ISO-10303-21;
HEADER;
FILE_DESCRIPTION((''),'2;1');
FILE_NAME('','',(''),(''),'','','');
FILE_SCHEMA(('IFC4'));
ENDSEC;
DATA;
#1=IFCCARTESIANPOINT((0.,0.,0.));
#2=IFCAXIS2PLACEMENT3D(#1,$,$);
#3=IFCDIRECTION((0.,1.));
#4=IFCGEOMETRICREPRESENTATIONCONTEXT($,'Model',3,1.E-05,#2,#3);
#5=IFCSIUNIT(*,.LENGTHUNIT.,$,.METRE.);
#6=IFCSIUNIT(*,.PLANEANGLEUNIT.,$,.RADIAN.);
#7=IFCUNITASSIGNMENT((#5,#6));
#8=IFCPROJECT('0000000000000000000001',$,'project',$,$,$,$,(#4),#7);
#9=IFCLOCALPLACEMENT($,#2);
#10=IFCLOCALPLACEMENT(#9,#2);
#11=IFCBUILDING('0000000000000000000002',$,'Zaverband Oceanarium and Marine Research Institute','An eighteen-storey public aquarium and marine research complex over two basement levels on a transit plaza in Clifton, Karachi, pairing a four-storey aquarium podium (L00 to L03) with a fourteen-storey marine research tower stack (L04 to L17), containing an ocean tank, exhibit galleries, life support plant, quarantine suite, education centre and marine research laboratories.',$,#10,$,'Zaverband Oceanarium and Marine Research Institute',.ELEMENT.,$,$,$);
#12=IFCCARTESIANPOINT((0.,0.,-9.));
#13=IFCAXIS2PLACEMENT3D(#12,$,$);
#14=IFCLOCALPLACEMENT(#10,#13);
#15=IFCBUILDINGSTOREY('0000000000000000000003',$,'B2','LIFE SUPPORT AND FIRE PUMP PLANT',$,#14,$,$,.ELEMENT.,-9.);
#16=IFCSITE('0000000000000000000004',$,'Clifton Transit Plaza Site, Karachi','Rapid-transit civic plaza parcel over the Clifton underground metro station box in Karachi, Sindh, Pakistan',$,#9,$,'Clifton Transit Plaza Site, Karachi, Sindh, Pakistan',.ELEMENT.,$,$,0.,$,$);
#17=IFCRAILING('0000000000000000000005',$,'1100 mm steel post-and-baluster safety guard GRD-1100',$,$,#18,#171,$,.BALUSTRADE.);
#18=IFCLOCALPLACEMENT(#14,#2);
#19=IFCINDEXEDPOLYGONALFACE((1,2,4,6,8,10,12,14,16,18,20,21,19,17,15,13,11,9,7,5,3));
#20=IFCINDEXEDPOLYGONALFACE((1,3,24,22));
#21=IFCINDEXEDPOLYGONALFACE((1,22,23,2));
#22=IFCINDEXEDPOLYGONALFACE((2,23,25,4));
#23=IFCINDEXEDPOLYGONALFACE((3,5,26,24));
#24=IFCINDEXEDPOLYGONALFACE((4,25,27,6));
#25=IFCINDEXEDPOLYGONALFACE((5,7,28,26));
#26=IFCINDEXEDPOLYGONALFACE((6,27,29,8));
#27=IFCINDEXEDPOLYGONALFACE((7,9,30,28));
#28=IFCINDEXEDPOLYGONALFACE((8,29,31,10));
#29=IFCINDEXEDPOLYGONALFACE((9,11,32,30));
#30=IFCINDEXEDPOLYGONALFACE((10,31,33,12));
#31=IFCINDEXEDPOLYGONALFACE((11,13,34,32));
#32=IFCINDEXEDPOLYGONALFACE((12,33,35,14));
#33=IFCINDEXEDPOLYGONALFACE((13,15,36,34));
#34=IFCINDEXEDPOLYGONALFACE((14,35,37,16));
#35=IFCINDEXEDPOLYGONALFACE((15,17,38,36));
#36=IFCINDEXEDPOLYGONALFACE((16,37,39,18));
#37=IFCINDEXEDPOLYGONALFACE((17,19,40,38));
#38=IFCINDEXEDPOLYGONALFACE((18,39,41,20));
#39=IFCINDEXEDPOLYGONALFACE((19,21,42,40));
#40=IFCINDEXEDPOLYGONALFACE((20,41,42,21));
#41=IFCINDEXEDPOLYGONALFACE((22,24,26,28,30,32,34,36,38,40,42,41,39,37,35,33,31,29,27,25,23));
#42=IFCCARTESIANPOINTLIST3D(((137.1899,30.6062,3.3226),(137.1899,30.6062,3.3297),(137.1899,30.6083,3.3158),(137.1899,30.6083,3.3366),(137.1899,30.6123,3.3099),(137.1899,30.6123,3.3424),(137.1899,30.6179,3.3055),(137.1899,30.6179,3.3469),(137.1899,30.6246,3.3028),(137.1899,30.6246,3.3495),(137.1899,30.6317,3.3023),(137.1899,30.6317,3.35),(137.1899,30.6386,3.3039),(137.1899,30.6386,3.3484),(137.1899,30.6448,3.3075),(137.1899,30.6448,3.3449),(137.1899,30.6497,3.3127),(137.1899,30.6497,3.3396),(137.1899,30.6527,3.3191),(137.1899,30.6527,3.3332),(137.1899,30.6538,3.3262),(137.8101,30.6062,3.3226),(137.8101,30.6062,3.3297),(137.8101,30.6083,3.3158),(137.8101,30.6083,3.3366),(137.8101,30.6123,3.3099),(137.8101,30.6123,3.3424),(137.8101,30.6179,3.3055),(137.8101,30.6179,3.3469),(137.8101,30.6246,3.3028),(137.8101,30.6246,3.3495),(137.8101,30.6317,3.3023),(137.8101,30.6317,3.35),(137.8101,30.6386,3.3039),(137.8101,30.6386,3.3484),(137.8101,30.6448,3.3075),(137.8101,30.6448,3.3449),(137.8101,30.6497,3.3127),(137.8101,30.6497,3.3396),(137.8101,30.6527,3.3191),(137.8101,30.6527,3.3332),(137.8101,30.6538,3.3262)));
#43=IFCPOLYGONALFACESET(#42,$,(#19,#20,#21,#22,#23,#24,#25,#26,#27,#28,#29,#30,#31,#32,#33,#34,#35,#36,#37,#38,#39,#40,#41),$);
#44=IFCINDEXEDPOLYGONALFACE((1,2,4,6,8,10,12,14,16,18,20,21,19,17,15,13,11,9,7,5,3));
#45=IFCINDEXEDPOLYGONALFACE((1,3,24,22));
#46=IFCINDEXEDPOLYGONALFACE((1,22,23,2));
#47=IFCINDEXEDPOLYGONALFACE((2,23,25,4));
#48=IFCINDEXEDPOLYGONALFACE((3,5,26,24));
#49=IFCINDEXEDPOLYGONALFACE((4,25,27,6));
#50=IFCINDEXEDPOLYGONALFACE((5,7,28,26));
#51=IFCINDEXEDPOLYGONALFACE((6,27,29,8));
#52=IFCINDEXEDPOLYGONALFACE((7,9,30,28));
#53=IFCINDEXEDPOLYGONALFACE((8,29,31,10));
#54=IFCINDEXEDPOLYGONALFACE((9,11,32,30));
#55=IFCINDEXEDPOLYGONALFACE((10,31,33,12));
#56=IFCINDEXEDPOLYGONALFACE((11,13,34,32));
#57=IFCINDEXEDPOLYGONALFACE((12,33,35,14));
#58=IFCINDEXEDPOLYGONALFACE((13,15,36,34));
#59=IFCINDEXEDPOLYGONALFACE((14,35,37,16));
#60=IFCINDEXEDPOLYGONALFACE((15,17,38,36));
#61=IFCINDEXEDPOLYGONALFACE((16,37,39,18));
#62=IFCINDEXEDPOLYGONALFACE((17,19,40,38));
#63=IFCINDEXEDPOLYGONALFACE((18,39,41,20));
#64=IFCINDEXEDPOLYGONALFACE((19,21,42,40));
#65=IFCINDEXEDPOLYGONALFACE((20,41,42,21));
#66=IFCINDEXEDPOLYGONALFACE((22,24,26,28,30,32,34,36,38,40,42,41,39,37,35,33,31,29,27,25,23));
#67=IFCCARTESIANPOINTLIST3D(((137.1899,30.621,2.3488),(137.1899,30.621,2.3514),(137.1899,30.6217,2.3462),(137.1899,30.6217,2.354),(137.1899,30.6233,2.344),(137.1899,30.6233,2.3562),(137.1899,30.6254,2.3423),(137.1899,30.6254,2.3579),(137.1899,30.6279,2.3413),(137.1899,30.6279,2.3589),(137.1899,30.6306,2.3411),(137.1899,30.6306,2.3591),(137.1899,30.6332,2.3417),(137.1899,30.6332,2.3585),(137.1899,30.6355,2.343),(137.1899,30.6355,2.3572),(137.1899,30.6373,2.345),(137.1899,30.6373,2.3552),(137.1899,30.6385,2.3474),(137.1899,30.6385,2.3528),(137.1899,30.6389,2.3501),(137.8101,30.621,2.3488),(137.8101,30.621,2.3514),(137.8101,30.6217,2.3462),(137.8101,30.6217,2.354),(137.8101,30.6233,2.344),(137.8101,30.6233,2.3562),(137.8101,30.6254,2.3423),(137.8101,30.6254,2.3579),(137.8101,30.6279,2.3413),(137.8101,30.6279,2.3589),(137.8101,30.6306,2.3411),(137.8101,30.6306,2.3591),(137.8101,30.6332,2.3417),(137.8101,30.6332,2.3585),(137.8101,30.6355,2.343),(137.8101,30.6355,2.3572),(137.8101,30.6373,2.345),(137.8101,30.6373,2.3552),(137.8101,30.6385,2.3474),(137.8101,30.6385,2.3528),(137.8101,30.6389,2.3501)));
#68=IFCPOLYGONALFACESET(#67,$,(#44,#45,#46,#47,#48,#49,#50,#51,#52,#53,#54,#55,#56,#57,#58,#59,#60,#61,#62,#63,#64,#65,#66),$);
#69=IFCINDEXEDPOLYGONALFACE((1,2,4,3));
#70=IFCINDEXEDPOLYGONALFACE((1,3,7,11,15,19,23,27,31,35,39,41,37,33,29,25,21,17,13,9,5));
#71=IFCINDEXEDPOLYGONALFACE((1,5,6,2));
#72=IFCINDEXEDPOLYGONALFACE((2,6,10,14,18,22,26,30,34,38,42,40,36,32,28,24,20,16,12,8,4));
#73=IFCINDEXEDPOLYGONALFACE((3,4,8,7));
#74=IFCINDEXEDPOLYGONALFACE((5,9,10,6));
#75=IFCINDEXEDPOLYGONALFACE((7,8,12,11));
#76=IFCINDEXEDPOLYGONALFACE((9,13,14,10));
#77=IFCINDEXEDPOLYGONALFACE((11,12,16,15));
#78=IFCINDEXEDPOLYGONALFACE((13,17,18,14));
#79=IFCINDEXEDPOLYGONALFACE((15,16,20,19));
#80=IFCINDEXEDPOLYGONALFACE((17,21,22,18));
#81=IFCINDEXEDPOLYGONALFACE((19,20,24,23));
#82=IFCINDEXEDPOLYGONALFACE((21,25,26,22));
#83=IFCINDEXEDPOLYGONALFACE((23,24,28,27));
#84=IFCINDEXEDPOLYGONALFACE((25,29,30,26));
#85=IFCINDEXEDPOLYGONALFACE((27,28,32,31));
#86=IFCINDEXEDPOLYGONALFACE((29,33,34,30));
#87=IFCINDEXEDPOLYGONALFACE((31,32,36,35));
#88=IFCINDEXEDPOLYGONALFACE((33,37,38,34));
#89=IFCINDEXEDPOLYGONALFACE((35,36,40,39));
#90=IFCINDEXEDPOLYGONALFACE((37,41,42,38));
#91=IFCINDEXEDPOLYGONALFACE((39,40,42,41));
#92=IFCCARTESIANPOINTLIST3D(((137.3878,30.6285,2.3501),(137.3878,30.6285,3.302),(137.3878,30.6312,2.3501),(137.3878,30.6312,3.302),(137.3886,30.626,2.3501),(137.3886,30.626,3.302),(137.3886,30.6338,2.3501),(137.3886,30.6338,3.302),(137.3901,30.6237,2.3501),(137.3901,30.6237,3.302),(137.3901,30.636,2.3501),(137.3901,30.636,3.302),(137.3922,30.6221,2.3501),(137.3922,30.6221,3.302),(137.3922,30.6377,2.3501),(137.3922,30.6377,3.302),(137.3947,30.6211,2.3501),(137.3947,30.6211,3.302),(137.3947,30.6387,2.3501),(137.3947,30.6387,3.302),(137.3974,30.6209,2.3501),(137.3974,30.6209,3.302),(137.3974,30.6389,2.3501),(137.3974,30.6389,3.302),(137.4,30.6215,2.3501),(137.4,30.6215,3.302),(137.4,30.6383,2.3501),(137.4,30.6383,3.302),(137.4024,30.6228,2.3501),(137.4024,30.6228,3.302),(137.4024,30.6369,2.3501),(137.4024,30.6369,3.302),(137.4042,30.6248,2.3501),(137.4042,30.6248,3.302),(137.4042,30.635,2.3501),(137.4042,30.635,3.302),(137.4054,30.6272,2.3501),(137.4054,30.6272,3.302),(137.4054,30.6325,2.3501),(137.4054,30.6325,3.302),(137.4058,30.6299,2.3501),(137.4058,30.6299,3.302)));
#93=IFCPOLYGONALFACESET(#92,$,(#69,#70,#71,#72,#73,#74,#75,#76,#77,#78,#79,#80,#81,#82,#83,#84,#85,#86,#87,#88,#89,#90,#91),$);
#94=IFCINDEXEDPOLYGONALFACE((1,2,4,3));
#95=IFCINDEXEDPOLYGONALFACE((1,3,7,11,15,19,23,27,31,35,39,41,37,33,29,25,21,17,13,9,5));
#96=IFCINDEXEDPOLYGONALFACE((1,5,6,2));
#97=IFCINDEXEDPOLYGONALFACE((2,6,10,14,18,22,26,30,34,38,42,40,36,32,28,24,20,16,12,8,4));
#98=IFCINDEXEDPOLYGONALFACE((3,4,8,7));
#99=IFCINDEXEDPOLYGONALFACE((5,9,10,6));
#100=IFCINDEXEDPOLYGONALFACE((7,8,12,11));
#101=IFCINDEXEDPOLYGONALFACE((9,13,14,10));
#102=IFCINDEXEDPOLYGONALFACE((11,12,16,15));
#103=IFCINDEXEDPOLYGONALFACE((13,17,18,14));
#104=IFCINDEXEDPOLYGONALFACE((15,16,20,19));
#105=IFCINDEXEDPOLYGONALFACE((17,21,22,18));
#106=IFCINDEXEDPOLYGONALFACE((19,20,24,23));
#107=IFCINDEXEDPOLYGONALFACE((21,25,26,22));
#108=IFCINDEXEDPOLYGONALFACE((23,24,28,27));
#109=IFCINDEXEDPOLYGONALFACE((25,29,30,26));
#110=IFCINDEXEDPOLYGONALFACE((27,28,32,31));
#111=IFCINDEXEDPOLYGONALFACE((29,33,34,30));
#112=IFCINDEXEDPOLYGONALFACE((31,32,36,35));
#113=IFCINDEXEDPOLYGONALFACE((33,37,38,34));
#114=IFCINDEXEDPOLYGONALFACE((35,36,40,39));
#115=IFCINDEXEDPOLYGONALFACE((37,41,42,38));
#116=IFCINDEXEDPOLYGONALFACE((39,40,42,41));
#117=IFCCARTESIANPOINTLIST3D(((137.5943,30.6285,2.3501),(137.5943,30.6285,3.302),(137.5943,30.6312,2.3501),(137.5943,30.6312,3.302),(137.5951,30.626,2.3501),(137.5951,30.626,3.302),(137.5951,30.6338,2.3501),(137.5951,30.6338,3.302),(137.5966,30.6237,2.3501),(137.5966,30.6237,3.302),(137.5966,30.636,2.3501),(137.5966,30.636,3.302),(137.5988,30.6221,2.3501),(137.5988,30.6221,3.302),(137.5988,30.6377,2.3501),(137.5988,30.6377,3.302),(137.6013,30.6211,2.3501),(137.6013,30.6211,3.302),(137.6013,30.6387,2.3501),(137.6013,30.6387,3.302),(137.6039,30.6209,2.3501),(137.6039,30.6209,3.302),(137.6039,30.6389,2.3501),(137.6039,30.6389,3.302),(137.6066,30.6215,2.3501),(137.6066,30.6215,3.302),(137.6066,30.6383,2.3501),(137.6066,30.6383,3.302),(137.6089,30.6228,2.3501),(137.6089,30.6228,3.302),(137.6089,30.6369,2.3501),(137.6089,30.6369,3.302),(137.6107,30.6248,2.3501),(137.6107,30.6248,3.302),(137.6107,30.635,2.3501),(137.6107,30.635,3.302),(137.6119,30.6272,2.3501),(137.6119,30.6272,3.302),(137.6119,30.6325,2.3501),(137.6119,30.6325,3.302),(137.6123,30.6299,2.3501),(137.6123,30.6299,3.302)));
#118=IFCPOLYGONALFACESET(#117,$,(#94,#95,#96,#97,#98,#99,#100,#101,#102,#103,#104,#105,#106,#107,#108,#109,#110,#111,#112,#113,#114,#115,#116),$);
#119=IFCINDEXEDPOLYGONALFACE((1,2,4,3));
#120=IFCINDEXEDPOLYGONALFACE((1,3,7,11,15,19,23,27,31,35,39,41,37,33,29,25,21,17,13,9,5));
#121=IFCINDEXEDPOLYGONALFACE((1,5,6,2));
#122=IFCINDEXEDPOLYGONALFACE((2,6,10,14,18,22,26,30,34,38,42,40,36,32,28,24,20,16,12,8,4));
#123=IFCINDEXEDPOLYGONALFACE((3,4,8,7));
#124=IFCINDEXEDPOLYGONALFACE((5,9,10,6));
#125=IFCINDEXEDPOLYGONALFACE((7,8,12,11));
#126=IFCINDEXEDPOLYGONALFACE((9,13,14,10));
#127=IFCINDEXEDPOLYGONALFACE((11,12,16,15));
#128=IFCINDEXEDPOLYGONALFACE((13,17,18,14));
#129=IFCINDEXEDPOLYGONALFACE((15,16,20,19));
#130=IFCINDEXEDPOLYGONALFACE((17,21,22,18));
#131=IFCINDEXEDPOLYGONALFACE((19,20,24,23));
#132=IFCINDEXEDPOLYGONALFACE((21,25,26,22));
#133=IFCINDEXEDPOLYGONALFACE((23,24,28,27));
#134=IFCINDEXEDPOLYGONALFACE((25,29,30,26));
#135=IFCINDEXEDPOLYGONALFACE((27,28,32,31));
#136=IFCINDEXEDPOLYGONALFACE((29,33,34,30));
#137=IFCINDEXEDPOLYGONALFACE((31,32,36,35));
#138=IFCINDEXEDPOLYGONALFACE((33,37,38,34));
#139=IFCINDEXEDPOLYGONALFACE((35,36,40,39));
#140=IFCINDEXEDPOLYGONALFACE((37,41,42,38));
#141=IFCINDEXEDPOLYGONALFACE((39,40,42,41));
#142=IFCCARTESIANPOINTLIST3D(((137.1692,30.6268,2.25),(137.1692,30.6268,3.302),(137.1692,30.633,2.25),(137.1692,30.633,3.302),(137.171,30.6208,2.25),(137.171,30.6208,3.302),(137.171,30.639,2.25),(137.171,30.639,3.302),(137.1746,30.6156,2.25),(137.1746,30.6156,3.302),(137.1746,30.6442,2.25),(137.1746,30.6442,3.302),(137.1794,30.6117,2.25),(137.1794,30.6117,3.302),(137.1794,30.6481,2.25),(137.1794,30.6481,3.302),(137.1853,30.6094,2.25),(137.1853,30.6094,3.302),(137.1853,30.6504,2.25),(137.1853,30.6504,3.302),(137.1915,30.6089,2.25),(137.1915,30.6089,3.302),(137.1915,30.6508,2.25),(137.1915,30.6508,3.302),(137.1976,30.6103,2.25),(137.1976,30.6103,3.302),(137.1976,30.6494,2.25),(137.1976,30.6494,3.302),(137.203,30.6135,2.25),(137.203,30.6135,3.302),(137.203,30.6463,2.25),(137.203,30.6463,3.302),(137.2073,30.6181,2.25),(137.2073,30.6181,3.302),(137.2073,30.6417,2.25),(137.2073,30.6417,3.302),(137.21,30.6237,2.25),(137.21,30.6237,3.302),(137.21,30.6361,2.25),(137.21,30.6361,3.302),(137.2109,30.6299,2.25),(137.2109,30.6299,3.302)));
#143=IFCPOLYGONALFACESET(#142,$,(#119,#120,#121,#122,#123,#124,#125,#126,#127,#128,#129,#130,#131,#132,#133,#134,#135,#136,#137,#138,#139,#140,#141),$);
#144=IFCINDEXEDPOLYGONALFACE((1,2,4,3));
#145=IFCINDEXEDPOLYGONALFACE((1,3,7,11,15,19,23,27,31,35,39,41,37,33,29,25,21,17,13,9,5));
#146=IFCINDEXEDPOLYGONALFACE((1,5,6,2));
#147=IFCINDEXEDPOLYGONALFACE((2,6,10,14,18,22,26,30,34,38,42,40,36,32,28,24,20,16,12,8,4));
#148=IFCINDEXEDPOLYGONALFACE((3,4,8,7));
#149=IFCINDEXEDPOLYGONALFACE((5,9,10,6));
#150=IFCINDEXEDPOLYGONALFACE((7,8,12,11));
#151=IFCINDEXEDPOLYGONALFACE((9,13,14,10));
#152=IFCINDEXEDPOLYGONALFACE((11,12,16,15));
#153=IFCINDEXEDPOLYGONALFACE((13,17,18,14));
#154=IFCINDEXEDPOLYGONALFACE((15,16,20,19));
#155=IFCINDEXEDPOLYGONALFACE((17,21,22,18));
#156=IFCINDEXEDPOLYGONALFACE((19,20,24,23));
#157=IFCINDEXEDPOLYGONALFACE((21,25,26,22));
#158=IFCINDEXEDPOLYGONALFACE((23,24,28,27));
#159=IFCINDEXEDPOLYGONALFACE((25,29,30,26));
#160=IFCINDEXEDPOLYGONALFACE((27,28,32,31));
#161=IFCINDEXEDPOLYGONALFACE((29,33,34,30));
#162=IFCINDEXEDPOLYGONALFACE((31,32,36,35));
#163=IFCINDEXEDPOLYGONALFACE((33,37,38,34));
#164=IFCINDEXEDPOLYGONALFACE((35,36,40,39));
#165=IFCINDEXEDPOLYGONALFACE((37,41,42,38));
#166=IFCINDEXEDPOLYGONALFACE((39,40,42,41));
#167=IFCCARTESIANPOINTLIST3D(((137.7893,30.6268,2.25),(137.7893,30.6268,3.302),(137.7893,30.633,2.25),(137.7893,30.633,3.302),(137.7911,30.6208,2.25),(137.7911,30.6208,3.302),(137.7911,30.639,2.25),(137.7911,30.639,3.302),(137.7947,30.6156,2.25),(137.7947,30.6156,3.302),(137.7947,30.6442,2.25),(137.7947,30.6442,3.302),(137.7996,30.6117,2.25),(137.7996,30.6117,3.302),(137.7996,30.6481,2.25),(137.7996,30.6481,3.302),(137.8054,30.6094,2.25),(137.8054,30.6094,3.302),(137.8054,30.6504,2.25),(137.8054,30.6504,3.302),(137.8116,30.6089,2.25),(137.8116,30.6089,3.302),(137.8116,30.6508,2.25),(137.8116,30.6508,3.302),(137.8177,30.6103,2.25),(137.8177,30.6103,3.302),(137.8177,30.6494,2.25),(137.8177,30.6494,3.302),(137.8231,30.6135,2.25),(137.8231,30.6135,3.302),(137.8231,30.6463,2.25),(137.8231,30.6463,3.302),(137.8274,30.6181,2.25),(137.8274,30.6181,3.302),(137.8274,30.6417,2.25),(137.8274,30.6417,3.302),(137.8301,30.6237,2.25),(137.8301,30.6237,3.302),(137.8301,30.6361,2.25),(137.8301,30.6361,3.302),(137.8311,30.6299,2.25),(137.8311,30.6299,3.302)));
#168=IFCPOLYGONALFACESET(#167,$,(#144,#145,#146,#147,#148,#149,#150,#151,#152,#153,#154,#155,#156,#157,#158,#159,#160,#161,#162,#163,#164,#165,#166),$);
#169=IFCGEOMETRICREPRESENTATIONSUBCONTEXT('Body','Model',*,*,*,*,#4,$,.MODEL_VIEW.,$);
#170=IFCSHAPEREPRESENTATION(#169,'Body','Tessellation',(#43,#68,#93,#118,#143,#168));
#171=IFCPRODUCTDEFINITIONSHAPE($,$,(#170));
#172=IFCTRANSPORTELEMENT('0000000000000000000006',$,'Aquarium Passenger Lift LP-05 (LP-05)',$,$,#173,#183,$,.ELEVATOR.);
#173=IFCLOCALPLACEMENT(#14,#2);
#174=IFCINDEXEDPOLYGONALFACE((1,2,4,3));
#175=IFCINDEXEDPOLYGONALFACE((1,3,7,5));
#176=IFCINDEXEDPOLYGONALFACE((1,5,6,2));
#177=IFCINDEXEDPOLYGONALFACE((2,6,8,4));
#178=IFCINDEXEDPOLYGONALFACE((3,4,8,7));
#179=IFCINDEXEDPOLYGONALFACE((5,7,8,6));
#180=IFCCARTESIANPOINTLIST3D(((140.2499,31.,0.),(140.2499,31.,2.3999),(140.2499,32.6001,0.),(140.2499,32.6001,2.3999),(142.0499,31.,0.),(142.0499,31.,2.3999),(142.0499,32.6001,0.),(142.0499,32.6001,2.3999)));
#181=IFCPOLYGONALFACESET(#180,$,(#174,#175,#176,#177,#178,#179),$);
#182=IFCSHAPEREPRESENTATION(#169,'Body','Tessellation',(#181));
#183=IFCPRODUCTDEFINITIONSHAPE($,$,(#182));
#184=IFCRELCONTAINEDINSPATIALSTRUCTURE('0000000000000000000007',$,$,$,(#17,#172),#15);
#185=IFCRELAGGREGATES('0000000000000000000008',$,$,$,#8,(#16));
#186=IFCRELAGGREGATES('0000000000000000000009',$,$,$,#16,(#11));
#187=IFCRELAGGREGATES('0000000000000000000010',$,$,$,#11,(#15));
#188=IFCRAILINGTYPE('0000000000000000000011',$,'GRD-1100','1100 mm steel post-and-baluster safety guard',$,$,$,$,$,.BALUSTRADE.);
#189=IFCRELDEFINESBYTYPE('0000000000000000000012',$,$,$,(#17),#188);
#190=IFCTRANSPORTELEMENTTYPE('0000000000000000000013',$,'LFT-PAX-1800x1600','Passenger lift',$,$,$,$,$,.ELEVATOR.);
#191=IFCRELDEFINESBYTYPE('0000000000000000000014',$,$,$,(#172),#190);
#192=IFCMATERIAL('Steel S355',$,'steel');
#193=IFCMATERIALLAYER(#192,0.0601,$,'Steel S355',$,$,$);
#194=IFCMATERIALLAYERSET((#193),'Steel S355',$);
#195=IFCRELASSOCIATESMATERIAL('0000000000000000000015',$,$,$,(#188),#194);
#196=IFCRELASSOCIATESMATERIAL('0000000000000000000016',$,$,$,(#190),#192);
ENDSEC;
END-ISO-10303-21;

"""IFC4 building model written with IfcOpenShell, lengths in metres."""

from ifc_helpers import new_model, si_unit, direction, frame, origin, origin_2d, place, context, subcontext, project, spatial, rectangle, circle, extrude, material, layer, layer_set, type_object, element, save


model = new_model("IFC4")

# Units and contexts
model_context = context("Model", 3, precision=1e-05, world=origin(), true_north=direction((0.0, 1.0)))
body_context = subcontext(model_context, "Body", "Model", "MODEL_VIEW")
ifc_project = project(units=[si_unit("LENGTHUNIT", "METRE"), si_unit("PLANEANGLEUNIT", "RADIAN")], contexts=[model_context])

# Site, building, storey
site_placement = place(None, origin())
site = spatial("IfcSite", under=ifc_project, at=site_placement, Name="Clifton Transit Plaza Site, Karachi", Description="Rapid-transit civic plaza parcel over the Clifton underground metro station box in Karachi, Sindh, Pakistan", LongName="Clifton Transit Plaza Site, Karachi, Sindh, Pakistan", CompositionType="ELEMENT", RefElevation=0.0)
building_placement = place(site_placement, origin())
building = spatial("IfcBuilding", under=site, at=building_placement, Name="Zaverband Oceanarium and Marine Research Institute", Description="An eighteen-storey public aquarium and marine research complex over two basement levels on a transit plaza in Clifton, Karachi, pairing a four-storey aquarium podium (L00 to L03) with a fourteen-storey marine research tower stack (L04 to L17), containing an ocean tank, exhibit galleries, life support plant, quarantine suite, education centre and marine research laboratories.", LongName="Zaverband Oceanarium and Marine Research Institute", CompositionType="ELEMENT")
storey_placement = place(building_placement, frame((0.0, 0.0, -9.0)))
storey = spatial("IfcBuildingStorey", under=building, at=storey_placement, Name="B2", Description="LIFE SUPPORT AND FIRE PUMP PLANT", CompositionType="ELEMENT", Elevation=-9.0)

# Shared definitions
ifc_material_1 = material(Name="Steel S355", Category="steel")

# Railing
ifc_layer_1 = layer(ifc_material_1, 0.0601, Name="Steel S355")
ifc_layer_set_1 = layer_set([ifc_layer_1], Name="Steel S355")
railing_type_1 = type_object("IfcRailingType", Name="GRD-1100", Description="1100 mm steel post-and-baluster safety guard", PredefinedType="BALUSTRADE", material=ifc_layer_set_1)
railing_1_placement = place(storey_placement, frame((137.1899, 30.6299, 2.25)))
element("IfcRailing", 1, at=railing_1_placement, inside=storey, type_object=railing_type_1, Name="1100 mm steel post-and-baluster safety guard GRD-1100", PredefinedType="BALUSTRADE", context=body_context, shape_type="SweptSolid", body=[
    extrude(circle(Radius=0.0239, at=origin_2d()), frame((0.0, 0.0, 1.0762), z_axis=(1.0, 0.0, 0.0), x_axis=(0.0, 1.0, 0.0)), (0.0, 0.0, 1.0), 0.6201),
    extrude(circle(Radius=0.009, at=origin_2d()), frame((0.0, 0.0, 0.1001), z_axis=(1.0, 0.0, 0.0), x_axis=(0.0, 1.0, 0.0)), (0.0, 0.0, 1.0), 0.6201),
    extrude(circle(Radius=0.009, at=origin_2d()), frame((0.2068, 0.0, 0.1001)), (0.0, 0.0, 1.0), 0.9519),
    extrude(circle(Radius=0.009, at=origin_2d()), frame((0.4133, 0.0, 0.1001)), (0.0, 0.0, 1.0), 0.9519),
    extrude(circle(Radius=0.021, at=origin_2d()), origin(), (0.0, 0.0, 1.0), 1.052),
    extrude(circle(Radius=0.021, at=origin_2d()), frame((0.6201, 0.0, 0.0)), (0.0, 0.0, 1.0), 1.052),
])

# Transport element
transport_element_type = type_object("IfcTransportElementType", Name="LFT-PAX-1800x1600", Description="Passenger lift", PredefinedType="ELEVATOR", material=ifc_material_1)
transport_element_placement = place(storey_placement, frame((141.1499, 31.8, 0.0), z_axis=(0.0, 0.0, 1.0), x_axis=(1.0, 0.0, 0.0)))
element("IfcTransportElement", 2, at=transport_element_placement, inside=storey, type_object=transport_element_type, Name="Aquarium Passenger Lift LP-05 (LP-05)", PredefinedType="ELEVATOR", context=body_context, shape_type="SweptSolid", body=[
    extrude(rectangle(XDim=1.8, YDim=1.6001, at=origin_2d()), origin(), (0.0, 0.0, 1.0), 2.3999),
])

save(model, "model.ifc")
